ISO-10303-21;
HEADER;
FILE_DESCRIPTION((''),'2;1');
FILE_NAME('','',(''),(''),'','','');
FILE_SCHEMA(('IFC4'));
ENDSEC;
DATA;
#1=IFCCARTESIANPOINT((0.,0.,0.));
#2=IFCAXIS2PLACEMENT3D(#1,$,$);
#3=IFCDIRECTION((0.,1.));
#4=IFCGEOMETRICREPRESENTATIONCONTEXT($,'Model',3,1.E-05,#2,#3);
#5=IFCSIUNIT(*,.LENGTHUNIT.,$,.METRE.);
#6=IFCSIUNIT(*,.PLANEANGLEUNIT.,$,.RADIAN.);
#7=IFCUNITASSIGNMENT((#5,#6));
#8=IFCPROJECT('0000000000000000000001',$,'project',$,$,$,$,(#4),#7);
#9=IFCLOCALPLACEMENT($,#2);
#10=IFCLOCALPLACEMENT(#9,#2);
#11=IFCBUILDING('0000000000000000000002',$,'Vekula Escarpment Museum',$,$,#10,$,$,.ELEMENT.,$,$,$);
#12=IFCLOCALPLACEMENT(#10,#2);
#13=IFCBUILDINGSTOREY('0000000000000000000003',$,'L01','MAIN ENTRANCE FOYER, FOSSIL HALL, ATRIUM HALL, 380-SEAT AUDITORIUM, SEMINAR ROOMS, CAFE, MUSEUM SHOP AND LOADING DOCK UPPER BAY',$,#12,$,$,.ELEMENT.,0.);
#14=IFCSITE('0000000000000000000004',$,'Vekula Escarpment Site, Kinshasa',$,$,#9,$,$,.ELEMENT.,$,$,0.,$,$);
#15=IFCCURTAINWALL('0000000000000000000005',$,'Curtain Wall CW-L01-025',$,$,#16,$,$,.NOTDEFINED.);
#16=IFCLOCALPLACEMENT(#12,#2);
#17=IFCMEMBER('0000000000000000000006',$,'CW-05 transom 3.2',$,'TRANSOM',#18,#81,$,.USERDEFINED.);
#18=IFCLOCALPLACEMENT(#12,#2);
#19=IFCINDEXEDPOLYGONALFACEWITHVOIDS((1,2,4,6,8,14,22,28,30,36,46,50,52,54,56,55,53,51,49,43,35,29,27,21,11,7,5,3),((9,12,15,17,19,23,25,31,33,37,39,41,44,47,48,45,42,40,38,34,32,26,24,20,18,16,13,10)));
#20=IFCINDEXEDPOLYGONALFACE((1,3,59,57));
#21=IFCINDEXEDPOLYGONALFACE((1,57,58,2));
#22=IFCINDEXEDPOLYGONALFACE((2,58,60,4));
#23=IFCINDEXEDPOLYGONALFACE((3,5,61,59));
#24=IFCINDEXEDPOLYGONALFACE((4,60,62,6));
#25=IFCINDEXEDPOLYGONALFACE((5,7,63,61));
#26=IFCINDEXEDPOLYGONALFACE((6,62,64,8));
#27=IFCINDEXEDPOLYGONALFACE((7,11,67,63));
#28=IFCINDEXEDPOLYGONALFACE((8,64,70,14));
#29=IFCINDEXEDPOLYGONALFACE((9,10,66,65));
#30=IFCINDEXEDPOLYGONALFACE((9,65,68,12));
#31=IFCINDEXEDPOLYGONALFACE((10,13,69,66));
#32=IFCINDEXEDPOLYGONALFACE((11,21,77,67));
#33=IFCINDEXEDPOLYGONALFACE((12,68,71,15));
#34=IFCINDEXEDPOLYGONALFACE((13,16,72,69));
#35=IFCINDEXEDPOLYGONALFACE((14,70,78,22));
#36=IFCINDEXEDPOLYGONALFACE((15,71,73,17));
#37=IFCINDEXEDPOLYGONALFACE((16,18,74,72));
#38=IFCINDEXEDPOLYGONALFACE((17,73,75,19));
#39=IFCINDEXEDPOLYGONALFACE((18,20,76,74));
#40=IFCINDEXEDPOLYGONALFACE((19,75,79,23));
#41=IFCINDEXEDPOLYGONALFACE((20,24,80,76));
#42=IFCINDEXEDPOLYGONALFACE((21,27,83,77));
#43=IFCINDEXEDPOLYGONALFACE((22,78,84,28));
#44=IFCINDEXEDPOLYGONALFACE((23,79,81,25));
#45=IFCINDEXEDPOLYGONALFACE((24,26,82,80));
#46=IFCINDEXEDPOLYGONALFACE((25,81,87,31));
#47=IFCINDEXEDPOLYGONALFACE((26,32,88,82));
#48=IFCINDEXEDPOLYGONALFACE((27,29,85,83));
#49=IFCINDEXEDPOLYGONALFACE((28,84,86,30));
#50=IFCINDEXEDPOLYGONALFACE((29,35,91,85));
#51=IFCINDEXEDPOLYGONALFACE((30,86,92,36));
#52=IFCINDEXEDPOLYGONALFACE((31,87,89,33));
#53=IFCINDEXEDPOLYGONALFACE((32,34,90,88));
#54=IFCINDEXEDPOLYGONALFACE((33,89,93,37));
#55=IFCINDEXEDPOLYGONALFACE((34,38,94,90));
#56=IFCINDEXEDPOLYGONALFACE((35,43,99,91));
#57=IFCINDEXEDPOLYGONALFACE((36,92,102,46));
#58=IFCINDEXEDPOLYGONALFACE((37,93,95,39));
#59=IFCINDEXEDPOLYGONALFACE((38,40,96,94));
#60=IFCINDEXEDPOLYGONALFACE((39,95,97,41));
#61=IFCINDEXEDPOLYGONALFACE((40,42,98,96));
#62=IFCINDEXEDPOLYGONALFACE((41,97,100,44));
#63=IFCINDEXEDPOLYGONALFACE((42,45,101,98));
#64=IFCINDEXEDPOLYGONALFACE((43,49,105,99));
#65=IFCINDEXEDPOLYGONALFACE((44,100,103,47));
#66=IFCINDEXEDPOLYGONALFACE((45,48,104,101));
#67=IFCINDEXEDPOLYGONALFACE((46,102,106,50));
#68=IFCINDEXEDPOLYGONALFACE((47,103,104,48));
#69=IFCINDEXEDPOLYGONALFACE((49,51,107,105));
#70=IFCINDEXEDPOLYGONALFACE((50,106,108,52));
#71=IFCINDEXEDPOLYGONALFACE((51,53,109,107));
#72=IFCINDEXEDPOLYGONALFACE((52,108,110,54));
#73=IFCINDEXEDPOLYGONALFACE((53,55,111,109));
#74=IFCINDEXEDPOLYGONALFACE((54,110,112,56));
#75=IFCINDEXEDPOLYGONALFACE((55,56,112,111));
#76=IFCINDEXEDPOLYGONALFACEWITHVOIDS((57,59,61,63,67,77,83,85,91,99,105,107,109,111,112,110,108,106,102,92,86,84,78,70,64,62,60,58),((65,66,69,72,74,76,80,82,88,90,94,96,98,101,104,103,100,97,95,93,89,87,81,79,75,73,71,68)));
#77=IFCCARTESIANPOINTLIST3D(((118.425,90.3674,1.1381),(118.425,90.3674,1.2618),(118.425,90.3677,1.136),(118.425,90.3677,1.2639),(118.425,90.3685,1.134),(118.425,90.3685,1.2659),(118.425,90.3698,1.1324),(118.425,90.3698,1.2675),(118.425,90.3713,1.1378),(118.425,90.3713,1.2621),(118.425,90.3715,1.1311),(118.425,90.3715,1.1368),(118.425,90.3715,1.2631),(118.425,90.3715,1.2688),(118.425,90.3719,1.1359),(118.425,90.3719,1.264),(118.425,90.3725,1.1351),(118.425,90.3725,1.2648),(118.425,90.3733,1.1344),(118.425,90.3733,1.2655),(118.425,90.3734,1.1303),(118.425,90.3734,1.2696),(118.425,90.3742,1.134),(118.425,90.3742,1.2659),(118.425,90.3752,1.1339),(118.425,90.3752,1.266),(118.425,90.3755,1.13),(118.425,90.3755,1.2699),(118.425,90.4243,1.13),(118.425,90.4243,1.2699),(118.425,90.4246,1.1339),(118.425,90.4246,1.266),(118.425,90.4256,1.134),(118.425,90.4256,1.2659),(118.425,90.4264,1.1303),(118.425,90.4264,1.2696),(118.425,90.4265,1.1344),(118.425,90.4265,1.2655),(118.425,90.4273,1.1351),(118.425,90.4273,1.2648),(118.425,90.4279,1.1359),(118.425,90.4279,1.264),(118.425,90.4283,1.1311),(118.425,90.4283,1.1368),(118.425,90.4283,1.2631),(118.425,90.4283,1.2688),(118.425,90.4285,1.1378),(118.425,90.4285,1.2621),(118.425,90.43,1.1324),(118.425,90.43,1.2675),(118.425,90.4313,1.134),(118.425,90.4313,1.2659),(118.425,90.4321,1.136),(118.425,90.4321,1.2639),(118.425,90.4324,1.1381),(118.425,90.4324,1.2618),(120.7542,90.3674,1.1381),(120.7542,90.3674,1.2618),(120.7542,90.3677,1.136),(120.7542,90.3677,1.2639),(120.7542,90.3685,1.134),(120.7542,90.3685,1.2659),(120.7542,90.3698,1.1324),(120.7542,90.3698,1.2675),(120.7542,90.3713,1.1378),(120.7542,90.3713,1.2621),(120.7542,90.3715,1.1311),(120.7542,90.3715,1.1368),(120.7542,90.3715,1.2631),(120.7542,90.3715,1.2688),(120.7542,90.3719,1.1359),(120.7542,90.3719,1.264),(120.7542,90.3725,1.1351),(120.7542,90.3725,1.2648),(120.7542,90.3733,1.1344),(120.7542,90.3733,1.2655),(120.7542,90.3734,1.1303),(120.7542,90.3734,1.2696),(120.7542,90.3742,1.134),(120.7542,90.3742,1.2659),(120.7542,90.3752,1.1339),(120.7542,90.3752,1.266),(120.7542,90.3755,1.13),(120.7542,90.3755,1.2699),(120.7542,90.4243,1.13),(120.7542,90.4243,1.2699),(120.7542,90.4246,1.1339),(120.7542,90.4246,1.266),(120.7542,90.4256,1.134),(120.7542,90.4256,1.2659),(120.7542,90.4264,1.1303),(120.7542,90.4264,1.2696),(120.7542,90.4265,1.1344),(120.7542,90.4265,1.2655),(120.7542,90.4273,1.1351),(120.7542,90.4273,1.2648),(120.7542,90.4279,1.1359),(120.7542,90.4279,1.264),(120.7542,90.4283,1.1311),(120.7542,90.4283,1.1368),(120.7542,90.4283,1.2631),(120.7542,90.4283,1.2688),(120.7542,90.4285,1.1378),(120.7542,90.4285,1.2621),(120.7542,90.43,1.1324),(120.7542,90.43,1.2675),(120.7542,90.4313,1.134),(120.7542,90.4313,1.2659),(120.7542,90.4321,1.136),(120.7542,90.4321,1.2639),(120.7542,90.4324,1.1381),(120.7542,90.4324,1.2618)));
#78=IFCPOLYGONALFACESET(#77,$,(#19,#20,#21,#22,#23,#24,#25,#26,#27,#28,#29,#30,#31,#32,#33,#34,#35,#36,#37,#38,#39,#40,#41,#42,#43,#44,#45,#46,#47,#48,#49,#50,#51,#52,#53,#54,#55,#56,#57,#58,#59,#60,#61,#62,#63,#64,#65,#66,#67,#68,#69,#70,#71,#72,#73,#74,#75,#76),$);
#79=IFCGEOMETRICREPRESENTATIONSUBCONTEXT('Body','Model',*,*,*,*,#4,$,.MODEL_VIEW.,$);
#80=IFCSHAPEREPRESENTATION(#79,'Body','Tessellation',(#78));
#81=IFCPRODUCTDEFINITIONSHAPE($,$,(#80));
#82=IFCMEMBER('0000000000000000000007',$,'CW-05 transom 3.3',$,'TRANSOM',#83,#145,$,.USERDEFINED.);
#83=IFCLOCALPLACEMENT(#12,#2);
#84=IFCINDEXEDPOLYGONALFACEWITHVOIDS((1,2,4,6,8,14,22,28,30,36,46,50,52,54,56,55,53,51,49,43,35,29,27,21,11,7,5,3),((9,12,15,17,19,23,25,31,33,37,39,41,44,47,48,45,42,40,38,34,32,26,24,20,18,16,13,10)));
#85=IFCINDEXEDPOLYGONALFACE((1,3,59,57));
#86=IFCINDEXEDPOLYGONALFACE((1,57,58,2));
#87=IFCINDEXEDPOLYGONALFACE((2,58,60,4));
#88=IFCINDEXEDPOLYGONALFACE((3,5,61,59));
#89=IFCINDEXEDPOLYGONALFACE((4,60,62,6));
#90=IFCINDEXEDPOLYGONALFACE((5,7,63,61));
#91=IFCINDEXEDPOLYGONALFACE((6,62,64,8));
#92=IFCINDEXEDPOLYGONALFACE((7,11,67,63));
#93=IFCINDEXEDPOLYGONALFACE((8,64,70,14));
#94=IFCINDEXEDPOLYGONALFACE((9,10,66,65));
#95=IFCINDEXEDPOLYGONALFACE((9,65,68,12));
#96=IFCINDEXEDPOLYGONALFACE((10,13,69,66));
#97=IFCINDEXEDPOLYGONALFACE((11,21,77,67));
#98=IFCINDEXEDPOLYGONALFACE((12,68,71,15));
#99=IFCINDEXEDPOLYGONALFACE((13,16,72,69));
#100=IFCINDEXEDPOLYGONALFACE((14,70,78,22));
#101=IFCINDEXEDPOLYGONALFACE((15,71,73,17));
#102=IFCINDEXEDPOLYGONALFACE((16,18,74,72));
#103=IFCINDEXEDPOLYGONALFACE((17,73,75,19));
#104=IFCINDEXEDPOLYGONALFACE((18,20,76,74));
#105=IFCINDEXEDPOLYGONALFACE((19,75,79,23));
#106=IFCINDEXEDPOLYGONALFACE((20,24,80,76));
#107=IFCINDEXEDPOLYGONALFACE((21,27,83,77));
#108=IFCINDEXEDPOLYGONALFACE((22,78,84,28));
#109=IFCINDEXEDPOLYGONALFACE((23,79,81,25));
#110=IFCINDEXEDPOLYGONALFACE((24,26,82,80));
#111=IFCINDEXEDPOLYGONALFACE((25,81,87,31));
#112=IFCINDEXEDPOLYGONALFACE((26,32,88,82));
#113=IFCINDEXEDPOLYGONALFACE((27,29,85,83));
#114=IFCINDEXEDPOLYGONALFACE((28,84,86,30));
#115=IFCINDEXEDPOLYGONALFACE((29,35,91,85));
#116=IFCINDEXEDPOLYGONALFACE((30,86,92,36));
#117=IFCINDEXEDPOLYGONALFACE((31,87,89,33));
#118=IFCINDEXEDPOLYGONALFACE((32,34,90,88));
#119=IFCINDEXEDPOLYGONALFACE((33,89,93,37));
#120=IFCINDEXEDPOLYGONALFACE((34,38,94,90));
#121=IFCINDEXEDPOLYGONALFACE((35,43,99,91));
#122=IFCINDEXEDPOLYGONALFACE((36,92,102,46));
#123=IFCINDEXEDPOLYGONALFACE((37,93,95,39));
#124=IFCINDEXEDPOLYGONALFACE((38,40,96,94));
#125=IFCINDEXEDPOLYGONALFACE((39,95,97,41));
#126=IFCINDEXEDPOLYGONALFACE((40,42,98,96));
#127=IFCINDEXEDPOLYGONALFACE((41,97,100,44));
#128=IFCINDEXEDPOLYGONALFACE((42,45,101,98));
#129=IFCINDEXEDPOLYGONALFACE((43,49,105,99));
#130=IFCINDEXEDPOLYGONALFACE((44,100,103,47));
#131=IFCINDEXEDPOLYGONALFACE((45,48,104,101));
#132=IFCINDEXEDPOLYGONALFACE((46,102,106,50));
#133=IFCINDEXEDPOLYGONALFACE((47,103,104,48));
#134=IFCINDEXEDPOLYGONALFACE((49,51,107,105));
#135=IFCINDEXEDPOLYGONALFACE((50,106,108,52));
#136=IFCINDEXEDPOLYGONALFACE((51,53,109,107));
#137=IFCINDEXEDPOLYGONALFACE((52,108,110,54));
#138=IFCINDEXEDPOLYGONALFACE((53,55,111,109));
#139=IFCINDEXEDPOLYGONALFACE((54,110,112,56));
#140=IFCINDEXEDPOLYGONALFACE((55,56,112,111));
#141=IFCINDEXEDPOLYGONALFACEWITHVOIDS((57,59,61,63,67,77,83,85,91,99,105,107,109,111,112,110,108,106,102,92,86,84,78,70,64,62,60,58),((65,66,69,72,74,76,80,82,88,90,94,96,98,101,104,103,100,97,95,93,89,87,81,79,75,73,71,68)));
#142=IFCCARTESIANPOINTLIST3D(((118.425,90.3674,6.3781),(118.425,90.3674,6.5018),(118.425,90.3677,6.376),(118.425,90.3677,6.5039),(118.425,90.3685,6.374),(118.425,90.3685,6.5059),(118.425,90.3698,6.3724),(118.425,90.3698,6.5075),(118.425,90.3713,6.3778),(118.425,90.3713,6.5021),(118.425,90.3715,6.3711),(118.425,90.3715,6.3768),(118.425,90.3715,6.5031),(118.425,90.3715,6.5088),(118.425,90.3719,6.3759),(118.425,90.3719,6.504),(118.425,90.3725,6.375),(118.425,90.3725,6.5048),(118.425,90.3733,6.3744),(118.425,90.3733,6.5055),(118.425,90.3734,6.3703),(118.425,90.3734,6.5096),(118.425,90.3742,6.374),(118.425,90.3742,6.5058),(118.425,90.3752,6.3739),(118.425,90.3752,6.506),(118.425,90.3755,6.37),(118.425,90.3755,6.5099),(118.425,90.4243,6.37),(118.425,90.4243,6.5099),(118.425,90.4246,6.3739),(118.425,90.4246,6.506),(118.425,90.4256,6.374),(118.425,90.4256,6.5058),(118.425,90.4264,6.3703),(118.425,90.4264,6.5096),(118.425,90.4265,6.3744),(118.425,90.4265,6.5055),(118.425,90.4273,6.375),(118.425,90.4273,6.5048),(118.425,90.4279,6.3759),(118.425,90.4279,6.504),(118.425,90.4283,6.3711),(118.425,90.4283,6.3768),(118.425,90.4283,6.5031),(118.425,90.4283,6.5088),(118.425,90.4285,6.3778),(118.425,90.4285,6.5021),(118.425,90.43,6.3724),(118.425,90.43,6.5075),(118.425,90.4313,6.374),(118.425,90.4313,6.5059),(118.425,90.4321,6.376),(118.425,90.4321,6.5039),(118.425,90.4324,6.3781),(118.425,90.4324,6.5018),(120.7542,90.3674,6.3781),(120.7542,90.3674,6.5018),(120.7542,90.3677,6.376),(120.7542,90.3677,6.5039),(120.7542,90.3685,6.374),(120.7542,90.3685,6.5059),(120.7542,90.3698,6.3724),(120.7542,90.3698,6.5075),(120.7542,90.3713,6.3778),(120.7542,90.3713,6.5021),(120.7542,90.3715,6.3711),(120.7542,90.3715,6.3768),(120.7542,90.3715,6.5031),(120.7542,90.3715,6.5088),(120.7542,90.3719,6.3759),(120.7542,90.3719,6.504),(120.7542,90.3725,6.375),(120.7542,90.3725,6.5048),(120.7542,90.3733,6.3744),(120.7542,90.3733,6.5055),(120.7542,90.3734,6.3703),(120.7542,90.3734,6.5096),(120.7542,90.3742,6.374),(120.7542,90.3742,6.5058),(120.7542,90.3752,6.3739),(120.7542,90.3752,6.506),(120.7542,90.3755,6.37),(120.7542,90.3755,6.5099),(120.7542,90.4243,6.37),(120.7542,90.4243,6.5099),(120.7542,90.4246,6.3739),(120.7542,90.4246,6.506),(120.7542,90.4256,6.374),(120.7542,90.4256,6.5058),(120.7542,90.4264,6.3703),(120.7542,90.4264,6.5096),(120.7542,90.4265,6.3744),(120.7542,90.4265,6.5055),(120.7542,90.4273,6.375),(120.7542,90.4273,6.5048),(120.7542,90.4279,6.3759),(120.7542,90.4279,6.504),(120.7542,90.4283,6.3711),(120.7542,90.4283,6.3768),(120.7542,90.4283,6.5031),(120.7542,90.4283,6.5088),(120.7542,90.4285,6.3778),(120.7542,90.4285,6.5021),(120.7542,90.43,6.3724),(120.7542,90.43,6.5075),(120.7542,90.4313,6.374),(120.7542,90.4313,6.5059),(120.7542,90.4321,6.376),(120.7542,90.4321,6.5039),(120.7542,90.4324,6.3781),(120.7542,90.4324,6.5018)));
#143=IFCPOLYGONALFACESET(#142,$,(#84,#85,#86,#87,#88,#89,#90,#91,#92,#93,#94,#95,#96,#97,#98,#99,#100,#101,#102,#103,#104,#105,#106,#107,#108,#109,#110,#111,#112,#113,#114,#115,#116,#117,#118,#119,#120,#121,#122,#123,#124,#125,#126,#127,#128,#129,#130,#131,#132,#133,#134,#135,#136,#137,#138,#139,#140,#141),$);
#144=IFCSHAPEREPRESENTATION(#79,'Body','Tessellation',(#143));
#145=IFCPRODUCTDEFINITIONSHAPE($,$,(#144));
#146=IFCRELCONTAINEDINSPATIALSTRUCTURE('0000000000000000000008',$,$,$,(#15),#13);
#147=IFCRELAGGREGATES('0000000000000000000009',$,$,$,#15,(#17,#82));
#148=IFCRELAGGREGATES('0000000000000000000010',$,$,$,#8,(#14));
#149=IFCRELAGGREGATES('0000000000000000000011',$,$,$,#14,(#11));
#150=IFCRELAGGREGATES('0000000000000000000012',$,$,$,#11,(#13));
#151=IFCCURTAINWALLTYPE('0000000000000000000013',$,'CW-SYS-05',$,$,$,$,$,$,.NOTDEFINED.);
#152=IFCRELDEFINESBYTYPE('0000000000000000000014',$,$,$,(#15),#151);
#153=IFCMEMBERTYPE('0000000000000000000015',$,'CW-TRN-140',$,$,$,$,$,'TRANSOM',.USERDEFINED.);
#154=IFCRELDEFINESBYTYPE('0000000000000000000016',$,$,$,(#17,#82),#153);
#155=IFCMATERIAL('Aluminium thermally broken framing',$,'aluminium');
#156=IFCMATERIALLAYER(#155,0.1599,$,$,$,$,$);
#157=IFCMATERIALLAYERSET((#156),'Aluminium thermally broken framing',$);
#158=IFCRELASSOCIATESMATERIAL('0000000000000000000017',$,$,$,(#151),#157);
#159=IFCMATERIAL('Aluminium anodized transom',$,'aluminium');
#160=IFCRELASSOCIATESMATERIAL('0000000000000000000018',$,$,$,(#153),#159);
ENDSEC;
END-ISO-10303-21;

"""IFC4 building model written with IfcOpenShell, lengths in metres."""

from ifc_helpers import new_model, si_unit, direction, frame, origin, origin_2d, place, context, subcontext, project, spatial, hollow_rectangle, extrude, material, layer, layer_set, material_profile, profile_set, type_object, element, aggregate, save


model = new_model("IFC4")

# Units and contexts
model_context = context("Model", 3, precision=1e-05, world=origin(), true_north=direction((0.0, 1.0)))
body_context = subcontext(model_context, "Body", "Model", "MODEL_VIEW")
ifc_project = project(units=[si_unit("LENGTHUNIT", "METRE"), si_unit("PLANEANGLEUNIT", "RADIAN")], contexts=[model_context])

# Site, building, storey
site_placement = place(None, origin())
site = spatial("IfcSite", under=ifc_project, at=site_placement, Name="Vekula Escarpment Site, Kinshasa", CompositionType="ELEMENT", RefElevation=0.0)
building_placement = place(site_placement, origin())
building = spatial("IfcBuilding", under=site, at=building_placement, Name="Vekula Escarpment Museum", CompositionType="ELEMENT")
storey_placement = place(building_placement, origin())
storey = spatial("IfcBuildingStorey", under=building, at=storey_placement, Name="L01", Description="MAIN ENTRANCE FOYER, FOSSIL HALL, ATRIUM HALL, 380-SEAT AUDITORIUM, SEMINAR ROOMS, CAFE, MUSEUM SHOP AND LOADING DOCK UPPER BAY", CompositionType="ELEMENT", Elevation=0.0)

# Curtain wall
ifc_material_1 = material(Name="Aluminium thermally broken framing", Category="aluminium")
ifc_layer_1 = layer(ifc_material_1, 0.1599)
ifc_layer_set_1 = layer_set([ifc_layer_1], Name="Aluminium thermally broken framing")
curtain_wall_type_1 = type_object("IfcCurtainWallType", Name="CW-SYS-05", PredefinedType="NOTDEFINED", material=ifc_layer_set_1)
curtain_wall_1_placement = place(storey_placement, origin())
curtain_wall_1 = element("IfcCurtainWall", 1, at=curtain_wall_1_placement, inside=storey, type_object=curtain_wall_type_1, Name="Curtain Wall CW-L01-025", PredefinedType="NOTDEFINED")

# Members
ifc_material_2 = material(Name="Aluminium anodized transom", Category="aluminium")
ifc_material_profile_1 = material_profile(ifc_material_2, hollow_rectangle(XDim=0.0649, YDim=0.1399, WallThickness=0.0039, InnerFilletRadius=0.0039, OuterFilletRadius=0.0081, at=origin_2d()), Name="ALU 140x65x4")
ifc_profile_set_1 = profile_set([ifc_material_profile_1], Name="Aluminium anodized transom")
member_type_1 = type_object("IfcMemberType", Name="CW-TRN-140", ElementType="TRANSOM", PredefinedType="USERDEFINED", material=ifc_profile_set_1)
member_1_placement = place(storey_placement, frame((120.7542, 90.3999, 1.2), z_axis=(-1.0, 0.0, 0.0), x_axis=(0.0, -1.0, 0.0)))
member_1 = element("IfcMember", 2, at=member_1_placement, type_object=member_type_1, Name="CW-05 transom 3.2", ObjectType="TRANSOM", PredefinedType="USERDEFINED", context=body_context, shape_type="SweptSolid", body=[
    extrude(hollow_rectangle(XDim=0.0649, YDim=0.1399, WallThickness=0.0039, InnerFilletRadius=0.0039, OuterFilletRadius=0.0081, at=origin_2d()), origin(), (0.0, 0.0, 1.0), 2.3291),
])
member_2_placement = place(storey_placement, frame((120.7542, 90.3999, 6.4399), z_axis=(-1.0, 0.0, 0.0), x_axis=(0.0, -1.0, 0.0)))
member_2 = element("IfcMember", 3, at=member_2_placement, type_object=member_type_1, Name="CW-05 transom 3.3", ObjectType="TRANSOM", PredefinedType="USERDEFINED", context=body_context, shape_type="SweptSolid", body=[
    extrude(hollow_rectangle(XDim=0.0649, YDim=0.1399, WallThickness=0.0039, InnerFilletRadius=0.0039, OuterFilletRadius=0.0081, at=origin_2d()), origin(), (0.0, 0.0, 1.0), 2.3291),
])

aggregate(curtain_wall_1, [member_1, member_2])

save(model, "model.ifc")
